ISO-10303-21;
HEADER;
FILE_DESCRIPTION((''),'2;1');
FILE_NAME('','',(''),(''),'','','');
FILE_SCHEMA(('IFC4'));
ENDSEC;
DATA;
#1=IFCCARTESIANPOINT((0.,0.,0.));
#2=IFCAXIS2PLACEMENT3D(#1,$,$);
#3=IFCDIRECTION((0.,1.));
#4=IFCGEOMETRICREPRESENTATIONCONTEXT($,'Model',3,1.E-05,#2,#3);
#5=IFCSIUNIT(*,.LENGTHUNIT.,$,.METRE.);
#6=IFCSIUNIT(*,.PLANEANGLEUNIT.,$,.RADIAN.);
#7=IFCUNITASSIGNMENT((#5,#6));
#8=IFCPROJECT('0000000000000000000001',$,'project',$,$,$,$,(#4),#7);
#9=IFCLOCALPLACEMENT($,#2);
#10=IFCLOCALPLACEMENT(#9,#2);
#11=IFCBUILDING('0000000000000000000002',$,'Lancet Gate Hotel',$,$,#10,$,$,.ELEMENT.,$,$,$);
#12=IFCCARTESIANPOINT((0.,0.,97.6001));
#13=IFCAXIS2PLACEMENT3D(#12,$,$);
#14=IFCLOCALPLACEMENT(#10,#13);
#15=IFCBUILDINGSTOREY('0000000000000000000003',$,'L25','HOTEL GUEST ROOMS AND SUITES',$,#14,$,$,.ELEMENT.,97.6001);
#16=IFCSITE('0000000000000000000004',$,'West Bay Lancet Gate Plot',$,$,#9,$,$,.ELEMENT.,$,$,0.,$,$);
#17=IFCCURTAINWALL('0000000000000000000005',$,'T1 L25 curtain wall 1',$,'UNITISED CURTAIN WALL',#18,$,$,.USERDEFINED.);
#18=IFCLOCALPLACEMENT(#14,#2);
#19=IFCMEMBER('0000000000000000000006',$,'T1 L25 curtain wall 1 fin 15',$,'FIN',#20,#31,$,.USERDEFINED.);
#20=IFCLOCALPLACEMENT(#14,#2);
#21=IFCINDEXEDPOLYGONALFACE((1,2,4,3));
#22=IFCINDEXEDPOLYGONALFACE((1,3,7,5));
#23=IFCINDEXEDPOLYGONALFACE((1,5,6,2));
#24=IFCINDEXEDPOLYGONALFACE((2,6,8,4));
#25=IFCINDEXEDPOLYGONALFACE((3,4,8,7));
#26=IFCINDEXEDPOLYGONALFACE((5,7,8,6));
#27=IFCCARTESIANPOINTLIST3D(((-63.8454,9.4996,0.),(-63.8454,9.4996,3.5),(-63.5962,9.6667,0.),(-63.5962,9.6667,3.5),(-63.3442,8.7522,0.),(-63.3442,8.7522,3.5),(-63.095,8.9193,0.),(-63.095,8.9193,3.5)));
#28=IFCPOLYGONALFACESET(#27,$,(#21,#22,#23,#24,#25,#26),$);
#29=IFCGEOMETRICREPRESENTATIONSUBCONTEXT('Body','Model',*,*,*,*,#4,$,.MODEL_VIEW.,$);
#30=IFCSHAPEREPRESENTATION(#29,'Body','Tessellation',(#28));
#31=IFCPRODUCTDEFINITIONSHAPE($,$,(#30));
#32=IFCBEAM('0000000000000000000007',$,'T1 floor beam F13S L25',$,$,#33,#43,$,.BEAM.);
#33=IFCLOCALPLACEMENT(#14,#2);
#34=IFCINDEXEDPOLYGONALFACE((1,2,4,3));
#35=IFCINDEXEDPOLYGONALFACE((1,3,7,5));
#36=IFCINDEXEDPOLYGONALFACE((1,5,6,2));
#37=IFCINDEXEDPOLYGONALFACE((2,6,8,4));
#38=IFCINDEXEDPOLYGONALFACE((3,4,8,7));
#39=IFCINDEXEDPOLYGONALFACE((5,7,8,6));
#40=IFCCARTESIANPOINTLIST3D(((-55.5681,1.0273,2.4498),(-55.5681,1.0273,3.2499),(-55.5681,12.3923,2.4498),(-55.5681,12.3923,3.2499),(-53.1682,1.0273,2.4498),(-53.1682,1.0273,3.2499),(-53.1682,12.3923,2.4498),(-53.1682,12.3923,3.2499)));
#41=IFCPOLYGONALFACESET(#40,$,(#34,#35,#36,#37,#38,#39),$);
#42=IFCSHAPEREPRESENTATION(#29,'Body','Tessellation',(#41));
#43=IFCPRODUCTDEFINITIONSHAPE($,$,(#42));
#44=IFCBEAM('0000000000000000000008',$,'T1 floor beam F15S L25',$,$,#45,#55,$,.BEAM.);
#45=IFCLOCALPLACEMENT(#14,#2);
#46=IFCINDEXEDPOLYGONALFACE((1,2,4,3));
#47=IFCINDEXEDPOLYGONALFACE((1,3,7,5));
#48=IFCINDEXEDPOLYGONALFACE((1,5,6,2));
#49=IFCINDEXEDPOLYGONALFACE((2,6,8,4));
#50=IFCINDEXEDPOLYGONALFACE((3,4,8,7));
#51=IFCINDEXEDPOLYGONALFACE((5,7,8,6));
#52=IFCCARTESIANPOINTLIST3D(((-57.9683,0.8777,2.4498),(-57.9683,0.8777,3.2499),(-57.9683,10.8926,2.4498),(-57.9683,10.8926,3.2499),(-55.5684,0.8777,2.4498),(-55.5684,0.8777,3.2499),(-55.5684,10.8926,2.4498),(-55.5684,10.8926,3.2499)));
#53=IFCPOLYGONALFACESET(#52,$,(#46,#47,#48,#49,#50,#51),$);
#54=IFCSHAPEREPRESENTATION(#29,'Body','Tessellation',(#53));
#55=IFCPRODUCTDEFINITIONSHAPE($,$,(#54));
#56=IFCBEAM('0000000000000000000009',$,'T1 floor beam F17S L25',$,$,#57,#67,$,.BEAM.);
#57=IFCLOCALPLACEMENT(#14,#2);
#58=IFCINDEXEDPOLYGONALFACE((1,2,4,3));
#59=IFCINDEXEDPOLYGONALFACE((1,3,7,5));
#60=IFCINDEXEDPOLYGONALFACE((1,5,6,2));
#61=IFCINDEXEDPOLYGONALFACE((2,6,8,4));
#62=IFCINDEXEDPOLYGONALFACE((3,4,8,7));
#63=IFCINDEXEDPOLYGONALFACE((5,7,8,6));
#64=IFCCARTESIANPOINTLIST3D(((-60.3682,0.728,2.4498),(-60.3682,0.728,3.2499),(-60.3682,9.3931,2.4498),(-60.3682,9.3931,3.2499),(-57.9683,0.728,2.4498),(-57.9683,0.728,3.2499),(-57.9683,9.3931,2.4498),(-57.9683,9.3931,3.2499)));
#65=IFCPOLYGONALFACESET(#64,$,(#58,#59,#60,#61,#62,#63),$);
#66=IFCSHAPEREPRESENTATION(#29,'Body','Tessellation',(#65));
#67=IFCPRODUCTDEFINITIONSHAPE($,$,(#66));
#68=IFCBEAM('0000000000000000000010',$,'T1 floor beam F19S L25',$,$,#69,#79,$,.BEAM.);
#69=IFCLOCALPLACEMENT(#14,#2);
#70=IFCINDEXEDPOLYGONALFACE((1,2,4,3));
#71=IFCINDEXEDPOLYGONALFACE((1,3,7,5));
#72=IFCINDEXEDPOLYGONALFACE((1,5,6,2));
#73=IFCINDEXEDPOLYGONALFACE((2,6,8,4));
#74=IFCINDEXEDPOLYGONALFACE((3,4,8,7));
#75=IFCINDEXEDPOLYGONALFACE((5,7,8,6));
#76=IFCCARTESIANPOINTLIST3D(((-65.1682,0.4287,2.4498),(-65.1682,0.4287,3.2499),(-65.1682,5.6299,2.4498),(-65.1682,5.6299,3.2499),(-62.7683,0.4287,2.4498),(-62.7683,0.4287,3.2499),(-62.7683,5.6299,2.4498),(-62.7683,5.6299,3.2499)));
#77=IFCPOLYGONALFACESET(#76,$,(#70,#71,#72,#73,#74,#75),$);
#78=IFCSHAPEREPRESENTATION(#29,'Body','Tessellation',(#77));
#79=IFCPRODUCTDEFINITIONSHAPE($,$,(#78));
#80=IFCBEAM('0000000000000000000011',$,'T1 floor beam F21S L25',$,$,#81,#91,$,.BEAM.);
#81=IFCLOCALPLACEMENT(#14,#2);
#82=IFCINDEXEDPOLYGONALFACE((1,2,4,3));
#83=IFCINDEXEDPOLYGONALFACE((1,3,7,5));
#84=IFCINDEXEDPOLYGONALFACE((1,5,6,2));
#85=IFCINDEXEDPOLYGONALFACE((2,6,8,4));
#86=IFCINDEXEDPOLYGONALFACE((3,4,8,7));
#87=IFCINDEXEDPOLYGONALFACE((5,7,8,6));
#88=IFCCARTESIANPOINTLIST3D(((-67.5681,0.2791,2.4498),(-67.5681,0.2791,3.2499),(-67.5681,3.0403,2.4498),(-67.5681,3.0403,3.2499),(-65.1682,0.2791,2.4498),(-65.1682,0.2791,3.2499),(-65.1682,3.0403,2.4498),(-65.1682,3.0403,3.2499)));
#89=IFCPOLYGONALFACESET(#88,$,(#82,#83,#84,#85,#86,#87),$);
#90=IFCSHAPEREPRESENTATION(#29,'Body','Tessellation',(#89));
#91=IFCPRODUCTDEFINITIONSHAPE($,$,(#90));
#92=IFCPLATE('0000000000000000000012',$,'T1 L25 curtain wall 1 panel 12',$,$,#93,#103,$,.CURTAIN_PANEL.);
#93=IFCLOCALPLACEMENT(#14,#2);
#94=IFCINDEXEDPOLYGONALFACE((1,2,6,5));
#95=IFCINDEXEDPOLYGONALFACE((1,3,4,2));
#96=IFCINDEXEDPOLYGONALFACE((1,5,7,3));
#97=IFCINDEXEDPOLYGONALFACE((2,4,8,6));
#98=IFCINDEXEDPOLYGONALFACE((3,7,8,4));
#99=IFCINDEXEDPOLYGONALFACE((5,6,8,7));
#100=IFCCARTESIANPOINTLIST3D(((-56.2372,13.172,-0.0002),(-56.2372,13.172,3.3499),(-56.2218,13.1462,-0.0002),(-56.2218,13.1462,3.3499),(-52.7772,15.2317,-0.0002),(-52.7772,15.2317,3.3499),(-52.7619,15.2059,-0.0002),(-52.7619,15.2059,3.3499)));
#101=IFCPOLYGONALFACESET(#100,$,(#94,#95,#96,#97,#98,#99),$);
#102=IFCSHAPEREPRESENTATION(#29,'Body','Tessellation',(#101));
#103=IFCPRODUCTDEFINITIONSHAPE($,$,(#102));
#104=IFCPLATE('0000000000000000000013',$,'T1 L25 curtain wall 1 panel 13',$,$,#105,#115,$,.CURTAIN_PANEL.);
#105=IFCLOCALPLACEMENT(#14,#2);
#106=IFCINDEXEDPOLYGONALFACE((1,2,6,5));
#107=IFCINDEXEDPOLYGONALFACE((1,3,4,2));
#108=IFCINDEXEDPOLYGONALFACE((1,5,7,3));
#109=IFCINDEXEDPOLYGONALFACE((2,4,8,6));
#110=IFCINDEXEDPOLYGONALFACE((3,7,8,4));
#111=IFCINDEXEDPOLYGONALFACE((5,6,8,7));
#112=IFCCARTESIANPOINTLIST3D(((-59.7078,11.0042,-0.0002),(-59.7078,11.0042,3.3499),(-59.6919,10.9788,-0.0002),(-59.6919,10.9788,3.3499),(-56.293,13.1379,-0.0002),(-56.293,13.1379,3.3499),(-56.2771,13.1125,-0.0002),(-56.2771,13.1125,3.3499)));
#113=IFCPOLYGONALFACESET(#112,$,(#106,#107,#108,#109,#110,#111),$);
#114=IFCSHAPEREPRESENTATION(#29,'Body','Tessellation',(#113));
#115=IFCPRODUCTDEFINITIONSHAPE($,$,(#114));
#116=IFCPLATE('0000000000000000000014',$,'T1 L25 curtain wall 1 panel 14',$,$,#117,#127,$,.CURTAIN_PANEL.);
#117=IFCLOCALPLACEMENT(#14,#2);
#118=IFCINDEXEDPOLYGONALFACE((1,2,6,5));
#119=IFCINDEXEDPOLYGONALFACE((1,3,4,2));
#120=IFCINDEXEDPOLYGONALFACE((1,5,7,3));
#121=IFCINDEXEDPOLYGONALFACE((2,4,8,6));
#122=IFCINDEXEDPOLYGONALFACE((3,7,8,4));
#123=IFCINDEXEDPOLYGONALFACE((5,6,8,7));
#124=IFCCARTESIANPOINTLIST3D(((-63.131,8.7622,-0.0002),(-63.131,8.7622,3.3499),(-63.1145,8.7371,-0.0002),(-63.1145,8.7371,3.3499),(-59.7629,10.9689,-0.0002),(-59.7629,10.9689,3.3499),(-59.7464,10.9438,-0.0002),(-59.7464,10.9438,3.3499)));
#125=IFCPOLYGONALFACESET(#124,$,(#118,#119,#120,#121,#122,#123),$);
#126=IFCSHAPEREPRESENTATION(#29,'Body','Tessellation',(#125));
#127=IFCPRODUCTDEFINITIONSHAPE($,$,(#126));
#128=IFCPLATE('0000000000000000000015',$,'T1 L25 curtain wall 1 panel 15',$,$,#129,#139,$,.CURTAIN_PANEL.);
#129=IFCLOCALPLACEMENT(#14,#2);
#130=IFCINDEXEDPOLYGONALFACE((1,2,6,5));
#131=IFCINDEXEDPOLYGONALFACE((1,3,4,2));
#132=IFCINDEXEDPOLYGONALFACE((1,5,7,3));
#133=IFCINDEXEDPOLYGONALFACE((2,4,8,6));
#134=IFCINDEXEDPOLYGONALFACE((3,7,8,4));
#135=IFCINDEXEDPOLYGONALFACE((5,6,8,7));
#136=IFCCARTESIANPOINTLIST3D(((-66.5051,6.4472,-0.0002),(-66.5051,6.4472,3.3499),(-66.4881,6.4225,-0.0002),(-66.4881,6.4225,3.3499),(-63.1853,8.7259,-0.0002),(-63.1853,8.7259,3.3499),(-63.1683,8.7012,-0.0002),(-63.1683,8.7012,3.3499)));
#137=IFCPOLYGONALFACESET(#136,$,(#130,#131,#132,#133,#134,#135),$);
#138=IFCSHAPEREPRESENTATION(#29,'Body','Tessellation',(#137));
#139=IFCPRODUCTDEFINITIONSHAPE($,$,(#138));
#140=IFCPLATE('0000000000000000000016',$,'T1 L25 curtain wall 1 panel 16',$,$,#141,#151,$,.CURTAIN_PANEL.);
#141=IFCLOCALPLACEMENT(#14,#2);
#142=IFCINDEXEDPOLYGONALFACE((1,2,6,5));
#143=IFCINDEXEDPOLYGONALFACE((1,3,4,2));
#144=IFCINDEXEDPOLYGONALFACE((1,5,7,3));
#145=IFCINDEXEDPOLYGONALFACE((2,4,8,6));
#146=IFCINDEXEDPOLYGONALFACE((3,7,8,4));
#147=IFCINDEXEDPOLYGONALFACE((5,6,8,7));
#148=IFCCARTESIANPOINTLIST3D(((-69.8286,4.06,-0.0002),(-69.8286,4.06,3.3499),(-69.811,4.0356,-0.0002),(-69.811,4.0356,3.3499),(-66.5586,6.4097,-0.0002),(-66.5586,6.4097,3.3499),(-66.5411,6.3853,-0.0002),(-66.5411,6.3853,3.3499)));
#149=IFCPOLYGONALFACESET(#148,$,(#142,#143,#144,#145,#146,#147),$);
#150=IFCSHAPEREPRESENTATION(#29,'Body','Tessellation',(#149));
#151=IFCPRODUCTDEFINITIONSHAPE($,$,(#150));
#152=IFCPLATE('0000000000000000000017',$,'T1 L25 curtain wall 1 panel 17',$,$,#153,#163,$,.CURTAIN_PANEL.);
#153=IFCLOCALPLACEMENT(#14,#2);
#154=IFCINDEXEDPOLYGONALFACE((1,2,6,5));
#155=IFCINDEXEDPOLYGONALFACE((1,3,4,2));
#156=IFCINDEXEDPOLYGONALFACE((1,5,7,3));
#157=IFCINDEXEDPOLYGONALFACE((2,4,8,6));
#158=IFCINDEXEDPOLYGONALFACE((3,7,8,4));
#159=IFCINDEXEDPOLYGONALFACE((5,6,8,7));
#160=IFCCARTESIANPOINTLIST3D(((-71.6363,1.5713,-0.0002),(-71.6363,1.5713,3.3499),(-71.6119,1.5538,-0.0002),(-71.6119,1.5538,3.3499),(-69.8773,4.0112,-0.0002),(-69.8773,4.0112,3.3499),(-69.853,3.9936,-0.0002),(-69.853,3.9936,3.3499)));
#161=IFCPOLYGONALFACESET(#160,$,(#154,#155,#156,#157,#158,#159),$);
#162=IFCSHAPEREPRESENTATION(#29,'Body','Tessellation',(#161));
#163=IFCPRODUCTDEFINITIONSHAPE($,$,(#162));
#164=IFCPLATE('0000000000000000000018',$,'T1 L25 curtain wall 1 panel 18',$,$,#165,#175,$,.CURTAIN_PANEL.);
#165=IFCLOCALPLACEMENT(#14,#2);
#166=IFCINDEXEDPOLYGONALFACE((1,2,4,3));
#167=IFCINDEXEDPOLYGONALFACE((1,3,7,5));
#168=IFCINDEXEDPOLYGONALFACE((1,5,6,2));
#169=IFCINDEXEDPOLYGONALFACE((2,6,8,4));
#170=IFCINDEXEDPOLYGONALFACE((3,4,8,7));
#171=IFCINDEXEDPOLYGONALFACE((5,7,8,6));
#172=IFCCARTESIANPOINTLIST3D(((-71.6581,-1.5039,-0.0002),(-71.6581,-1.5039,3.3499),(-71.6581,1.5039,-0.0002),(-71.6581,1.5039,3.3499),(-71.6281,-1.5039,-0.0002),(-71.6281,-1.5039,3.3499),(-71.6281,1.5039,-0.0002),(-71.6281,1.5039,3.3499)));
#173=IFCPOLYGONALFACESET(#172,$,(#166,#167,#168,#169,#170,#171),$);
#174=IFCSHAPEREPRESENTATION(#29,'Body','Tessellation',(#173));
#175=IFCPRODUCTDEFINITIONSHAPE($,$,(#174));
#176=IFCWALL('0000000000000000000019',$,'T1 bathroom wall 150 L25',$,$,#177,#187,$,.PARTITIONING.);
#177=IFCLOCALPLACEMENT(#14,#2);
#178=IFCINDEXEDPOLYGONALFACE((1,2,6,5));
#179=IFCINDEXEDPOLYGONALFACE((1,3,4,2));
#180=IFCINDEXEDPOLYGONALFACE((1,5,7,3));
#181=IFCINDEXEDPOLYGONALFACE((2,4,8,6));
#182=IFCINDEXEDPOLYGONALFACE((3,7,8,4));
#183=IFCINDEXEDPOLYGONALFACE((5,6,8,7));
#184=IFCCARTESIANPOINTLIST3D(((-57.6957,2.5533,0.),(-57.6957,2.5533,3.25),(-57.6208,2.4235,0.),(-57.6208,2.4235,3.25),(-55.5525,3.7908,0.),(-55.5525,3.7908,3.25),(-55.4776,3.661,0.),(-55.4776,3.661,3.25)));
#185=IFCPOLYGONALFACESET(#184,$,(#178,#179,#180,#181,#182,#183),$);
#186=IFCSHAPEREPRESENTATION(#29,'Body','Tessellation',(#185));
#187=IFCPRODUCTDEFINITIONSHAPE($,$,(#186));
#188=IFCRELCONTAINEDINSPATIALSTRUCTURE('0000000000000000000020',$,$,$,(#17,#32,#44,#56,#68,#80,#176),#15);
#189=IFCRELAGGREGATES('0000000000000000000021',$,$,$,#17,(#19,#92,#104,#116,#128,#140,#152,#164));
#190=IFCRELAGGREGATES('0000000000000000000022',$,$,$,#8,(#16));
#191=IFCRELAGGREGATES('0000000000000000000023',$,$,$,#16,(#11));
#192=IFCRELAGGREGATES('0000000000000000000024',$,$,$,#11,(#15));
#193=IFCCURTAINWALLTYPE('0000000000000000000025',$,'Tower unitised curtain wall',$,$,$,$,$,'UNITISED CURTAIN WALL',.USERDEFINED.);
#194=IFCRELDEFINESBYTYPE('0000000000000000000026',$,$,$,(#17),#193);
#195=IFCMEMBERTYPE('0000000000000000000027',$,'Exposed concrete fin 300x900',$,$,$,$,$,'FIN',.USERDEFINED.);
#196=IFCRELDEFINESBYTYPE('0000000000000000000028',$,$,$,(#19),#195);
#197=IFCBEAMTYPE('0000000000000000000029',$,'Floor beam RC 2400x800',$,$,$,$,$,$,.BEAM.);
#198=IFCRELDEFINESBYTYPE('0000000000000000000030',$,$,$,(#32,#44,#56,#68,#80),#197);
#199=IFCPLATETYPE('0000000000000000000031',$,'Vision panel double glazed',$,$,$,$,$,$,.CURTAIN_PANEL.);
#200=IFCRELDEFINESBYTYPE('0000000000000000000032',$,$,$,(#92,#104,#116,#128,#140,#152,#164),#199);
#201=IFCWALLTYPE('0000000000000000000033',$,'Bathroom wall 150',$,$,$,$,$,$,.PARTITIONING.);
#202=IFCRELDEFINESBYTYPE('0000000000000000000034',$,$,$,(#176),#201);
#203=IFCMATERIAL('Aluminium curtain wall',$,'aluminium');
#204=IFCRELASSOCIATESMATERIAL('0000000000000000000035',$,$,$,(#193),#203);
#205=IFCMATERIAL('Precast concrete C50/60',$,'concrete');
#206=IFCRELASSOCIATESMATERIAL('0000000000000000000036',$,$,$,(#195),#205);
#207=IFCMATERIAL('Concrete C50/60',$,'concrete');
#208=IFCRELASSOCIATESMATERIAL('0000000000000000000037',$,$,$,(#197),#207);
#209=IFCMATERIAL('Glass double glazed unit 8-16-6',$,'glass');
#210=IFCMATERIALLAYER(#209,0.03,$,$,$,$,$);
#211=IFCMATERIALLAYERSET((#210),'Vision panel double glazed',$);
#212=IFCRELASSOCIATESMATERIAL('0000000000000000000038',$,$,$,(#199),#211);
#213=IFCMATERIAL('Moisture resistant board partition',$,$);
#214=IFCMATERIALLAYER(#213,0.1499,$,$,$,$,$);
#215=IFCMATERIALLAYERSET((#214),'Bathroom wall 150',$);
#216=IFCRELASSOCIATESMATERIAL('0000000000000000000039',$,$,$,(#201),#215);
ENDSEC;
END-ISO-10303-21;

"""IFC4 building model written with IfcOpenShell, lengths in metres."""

from ifc_helpers import new_model, si_unit, direction, frame, frame_2d, origin, origin_2d, place, context, subcontext, project, spatial, rectangle, extrude, material, layer, layer_set, material_profile, profile_set, type_object, element, aggregate, save


model = new_model("IFC4")

# Units and contexts
model_context = context("Model", 3, precision=1e-05, world=origin(), true_north=direction((0.0, 1.0)))
body_context = subcontext(model_context, "Body", "Model", "MODEL_VIEW")
ifc_project = project(units=[si_unit("LENGTHUNIT", "METRE"), si_unit("PLANEANGLEUNIT", "RADIAN")], contexts=[model_context])

# Site, building, storey
site_placement = place(None, origin())
site = spatial("IfcSite", under=ifc_project, at=site_placement, Name="West Bay Lancet Gate Plot", CompositionType="ELEMENT", RefElevation=0.0)
building_placement = place(site_placement, origin())
building = spatial("IfcBuilding", under=site, at=building_placement, Name="Lancet Gate Hotel", CompositionType="ELEMENT")
storey_placement = place(building_placement, frame((0.0, 0.0, 97.6001)))
storey = spatial("IfcBuildingStorey", under=building, at=storey_placement, Name="L25", Description="HOTEL GUEST ROOMS AND SUITES", CompositionType="ELEMENT", Elevation=97.6001)

# Curtain wall
ifc_material_1 = material(Name="Aluminium curtain wall", Category="aluminium")
curtain_wall_type = type_object("IfcCurtainWallType", Name="Tower unitised curtain wall", ElementType="UNITISED CURTAIN WALL", PredefinedType="USERDEFINED", material=ifc_material_1)
curtain_wall_placement = place(storey_placement, origin())
curtain_wall = element("IfcCurtainWall", 1, at=curtain_wall_placement, inside=storey, type_object=curtain_wall_type, Name="T1 L25 curtain wall 1", ObjectType="UNITISED CURTAIN WALL", PredefinedType="USERDEFINED")

# Member
ifc_material_2 = material(Name="Precast concrete C50/60", Category="concrete")
ifc_material_profile_1 = material_profile(ifc_material_2, rectangle(XDim=0.3, YDim=0.8999, at=origin_2d()), Name="FIN 300x900")
ifc_profile_set_1 = profile_set([ifc_material_profile_1], Name="Precast concrete C50/60")
member_type_1 = type_object("IfcMemberType", Name="Exposed concrete fin 300x900", ElementType="FIN", PredefinedType="USERDEFINED", material=ifc_profile_set_1)
member_1_placement = place(storey_placement, frame((-63.4702, 9.2095, 0.0), z_axis=(0.0, 0.0, 1.0), x_axis=(-0.83051, -0.557004, 0.0)))
member_1 = element("IfcMember", 2, at=member_1_placement, type_object=member_type_1, Name="T1 L25 curtain wall 1 fin 15", ObjectType="FIN", PredefinedType="USERDEFINED", context=body_context, shape_type="SweptSolid", body=[
    extrude(rectangle(XDim=0.3, YDim=0.8999, at=origin_2d()), origin(), (0.0, 0.0, 1.0), 3.5),
])

# Beams
ifc_material_3 = material(Name="Concrete C50/60", Category="concrete")
ifc_material_profile_2 = material_profile(ifc_material_3, rectangle(XDim=2.3999, YDim=0.8, at=origin_2d()), Name="RC 2400x800")
ifc_profile_set_2 = profile_set([ifc_material_profile_2], Name="Concrete C50/60")
beam_type_1 = type_object("IfcBeamType", Name="Floor beam RC 2400x800", PredefinedType="BEAM", material=ifc_profile_set_2)
beam_1_placement = place(storey_placement, frame((-54.3682, 12.3923, 2.8499), z_axis=(0.0, -1.0, 0.0), x_axis=(1.0, 0.0, 0.0)))
element("IfcBeam", 3, at=beam_1_placement, inside=storey, type_object=beam_type_1, Name="T1 floor beam F13S L25", PredefinedType="BEAM", context=body_context, shape_type="SweptSolid", body=[
    extrude(rectangle(XDim=2.3999, YDim=0.8, at=origin_2d()), origin(), (0.0, 0.0, 1.0), 11.365),
])
beam_2_placement = place(storey_placement, frame((-56.7683, 10.8926, 2.8499), z_axis=(0.0, -1.0, 0.0), x_axis=(1.0, 0.0, 0.0)))
element("IfcBeam", 4, at=beam_2_placement, inside=storey, type_object=beam_type_1, Name="T1 floor beam F15S L25", PredefinedType="BEAM", context=body_context, shape_type="SweptSolid", body=[
    extrude(rectangle(XDim=2.3999, YDim=0.8, at=origin_2d()), origin(), (0.0, 0.0, 1.0), 10.0149),
])
beam_3_placement = place(storey_placement, frame((-59.1682, 9.3931, 2.8499), z_axis=(0.0, -1.0, 0.0), x_axis=(1.0, 0.0, 0.0)))
element("IfcBeam", 5, at=beam_3_placement, inside=storey, type_object=beam_type_1, Name="T1 floor beam F17S L25", PredefinedType="BEAM", context=body_context, shape_type="SweptSolid", body=[
    extrude(rectangle(XDim=2.3999, YDim=0.8, at=origin_2d()), origin(), (0.0, 0.0, 1.0), 8.665),
])
beam_4_placement = place(storey_placement, frame((-63.9683, 5.6299, 2.8499), z_axis=(0.0, -1.0, 0.0), x_axis=(1.0, 0.0, 0.0)))
element("IfcBeam", 6, at=beam_4_placement, inside=storey, type_object=beam_type_1, Name="T1 floor beam F19S L25", PredefinedType="BEAM", context=body_context, shape_type="SweptSolid", body=[
    extrude(rectangle(XDim=2.3999, YDim=0.8, at=origin_2d()), origin(), (0.0, 0.0, 1.0), 5.2012),
])
beam_5_placement = place(storey_placement, frame((-66.3682, 3.0403, 2.8499), z_axis=(0.0, -1.0, 0.0), x_axis=(1.0, 0.0, 0.0)))
element("IfcBeam", 7, at=beam_5_placement, inside=storey, type_object=beam_type_1, Name="T1 floor beam F21S L25", PredefinedType="BEAM", context=body_context, shape_type="SweptSolid", body=[
    extrude(rectangle(XDim=2.3999, YDim=0.8, at=origin_2d()), origin(), (0.0, 0.0, 1.0), 2.7612),
])

# Plates
ifc_material_4 = material(Name="Glass double glazed unit 8-16-6", Category="glass")
ifc_layer_1 = layer(ifc_material_4, 0.03)
ifc_layer_set_1 = layer_set([ifc_layer_1], Name="Vision panel double glazed")
plate_type = type_object("IfcPlateType", Name="Vision panel double glazed", PredefinedType="CURTAIN_PANEL", material=ifc_layer_set_1)
plate_1_placement = place(storey_placement, frame((-54.4995, 14.189, -0.0002), z_axis=(0.0, 0.0, 1.0), x_axis=(-0.859271, -0.51152, 0.0)))
plate_1 = element("IfcPlate", 8, at=plate_1_placement, type_object=plate_type, Name="T1 L25 curtain wall 1 panel 12", PredefinedType="CURTAIN_PANEL", context=body_context, shape_type="SweptSolid", body=[
    extrude(rectangle(XDim=4.0266, YDim=0.03, at=origin_2d()), origin(), (0.0, 0.0, 1.0), 3.3501),
])
plate_2_placement = place(storey_placement, frame((-57.9924, 12.0583, -0.0002), z_axis=(0.0, 0.0, 1.0), x_axis=(-0.848061, -0.529899, 0.0)))
plate_2 = element("IfcPlate", 9, at=plate_2_placement, type_object=plate_type, Name="T1 L25 curtain wall 1 panel 13", PredefinedType="CURTAIN_PANEL", context=body_context, shape_type="SweptSolid", body=[
    extrude(rectangle(XDim=4.0266, YDim=0.03, at=origin_2d()), origin(), (0.0, 0.0, 1.0), 3.3501),
])
plate_3_placement = place(storey_placement, frame((-61.4387, 9.853, -0.0002), z_axis=(0.0, 0.0, 1.0), x_axis=(-0.836458, -0.548032, 0.0)))
plate_3 = element("IfcPlate", 10, at=plate_3_placement, type_object=plate_type, Name="T1 L25 curtain wall 1 panel 14", PredefinedType="CURTAIN_PANEL", context=body_context, shape_type="SweptSolid", body=[
    extrude(rectangle(XDim=4.0266, YDim=0.03, at=origin_2d()), origin(), (0.0, 0.0, 1.0), 3.3501),
])
plate_4_placement = place(storey_placement, frame((-64.8367, 7.5742, -0.0002), z_axis=(0.0, 0.0, 1.0), x_axis=(-0.824466, -0.565911, 0.0)))
plate_4 = element("IfcPlate", 11, at=plate_4_placement, type_object=plate_type, Name="T1 L25 curtain wall 1 panel 15", PredefinedType="CURTAIN_PANEL", context=body_context, shape_type="SweptSolid", body=[
    extrude(rectangle(XDim=4.0266, YDim=0.03, at=origin_2d()), origin(), (0.0, 0.0, 1.0), 3.3501),
])
plate_5_placement = place(storey_placement, frame((-68.1848, 5.2227, -0.0002), z_axis=(0.0, 0.0, 1.0), x_axis=(-0.812093, -0.583528, 0.0)))
plate_5 = element("IfcPlate", 12, at=plate_5_placement, type_object=plate_type, Name="T1 L25 curtain wall 1 panel 16", PredefinedType="CURTAIN_PANEL", context=body_context, shape_type="SweptSolid", body=[
    extrude(rectangle(XDim=4.0266, YDim=0.03, at=origin_2d()), origin(), (0.0, 0.0, 1.0), 3.3501),
])
plate_6_placement = place(storey_placement, frame((-70.7446, 2.7825, -0.0002), z_axis=(0.0, 0.0, 1.0), x_axis=(-0.584809, -0.811171, 0.0)))
plate_6 = element("IfcPlate", 13, at=plate_6_placement, type_object=plate_type, Name="T1 L25 curtain wall 1 panel 17", PredefinedType="CURTAIN_PANEL", context=body_context, shape_type="SweptSolid", body=[
    extrude(rectangle(XDim=3.0078, YDim=0.03, at=origin_2d()), origin(), (0.0, 0.0, 1.0), 3.3501),
])
plate_7_placement = place(storey_placement, frame((-71.6431, 0.0, -0.0002), z_axis=(0.0, 0.0, 1.0), x_axis=(0.0, -1.0, 0.0)))
plate_7 = element("IfcPlate", 14, at=plate_7_placement, type_object=plate_type, Name="T1 L25 curtain wall 1 panel 18", PredefinedType="CURTAIN_PANEL", context=body_context, shape_type="SweptSolid", body=[
    extrude(rectangle(XDim=3.0078, YDim=0.03, at=origin_2d()), origin(), (0.0, 0.0, 1.0), 3.3501),
])
aggregate(curtain_wall, [member_1, plate_1, plate_2, plate_3, plate_4, plate_5, plate_6, plate_7])

# Wall
ifc_material_5 = material(Name="Moisture resistant board partition")
ifc_layer_2 = layer(ifc_material_5, 0.1499)
ifc_layer_set_2 = layer_set([ifc_layer_2], Name="Bathroom wall 150")
wall_type = type_object("IfcWallType", Name="Bathroom wall 150", PredefinedType="PARTITIONING", material=ifc_layer_set_2)
wall_1_placement = place(storey_placement, frame((-55.5151, 3.7258, 0.0), z_axis=(0.0, 0.0, 1.0), x_axis=(-0.866007, -0.500033, 0.0)))
element("IfcWall", 15, at=wall_1_placement, inside=storey, type_object=wall_type, Name="T1 bathroom wall 150 L25", PredefinedType="PARTITIONING", context=body_context, shape_type="SweptSolid", body=[
    extrude(rectangle(XDim=2.4749, YDim=0.1499, at=frame_2d((1.2373, 0.0))), origin(), (0.0, 0.0, 1.0), 3.25),
])

save(model, "model.ifc")
